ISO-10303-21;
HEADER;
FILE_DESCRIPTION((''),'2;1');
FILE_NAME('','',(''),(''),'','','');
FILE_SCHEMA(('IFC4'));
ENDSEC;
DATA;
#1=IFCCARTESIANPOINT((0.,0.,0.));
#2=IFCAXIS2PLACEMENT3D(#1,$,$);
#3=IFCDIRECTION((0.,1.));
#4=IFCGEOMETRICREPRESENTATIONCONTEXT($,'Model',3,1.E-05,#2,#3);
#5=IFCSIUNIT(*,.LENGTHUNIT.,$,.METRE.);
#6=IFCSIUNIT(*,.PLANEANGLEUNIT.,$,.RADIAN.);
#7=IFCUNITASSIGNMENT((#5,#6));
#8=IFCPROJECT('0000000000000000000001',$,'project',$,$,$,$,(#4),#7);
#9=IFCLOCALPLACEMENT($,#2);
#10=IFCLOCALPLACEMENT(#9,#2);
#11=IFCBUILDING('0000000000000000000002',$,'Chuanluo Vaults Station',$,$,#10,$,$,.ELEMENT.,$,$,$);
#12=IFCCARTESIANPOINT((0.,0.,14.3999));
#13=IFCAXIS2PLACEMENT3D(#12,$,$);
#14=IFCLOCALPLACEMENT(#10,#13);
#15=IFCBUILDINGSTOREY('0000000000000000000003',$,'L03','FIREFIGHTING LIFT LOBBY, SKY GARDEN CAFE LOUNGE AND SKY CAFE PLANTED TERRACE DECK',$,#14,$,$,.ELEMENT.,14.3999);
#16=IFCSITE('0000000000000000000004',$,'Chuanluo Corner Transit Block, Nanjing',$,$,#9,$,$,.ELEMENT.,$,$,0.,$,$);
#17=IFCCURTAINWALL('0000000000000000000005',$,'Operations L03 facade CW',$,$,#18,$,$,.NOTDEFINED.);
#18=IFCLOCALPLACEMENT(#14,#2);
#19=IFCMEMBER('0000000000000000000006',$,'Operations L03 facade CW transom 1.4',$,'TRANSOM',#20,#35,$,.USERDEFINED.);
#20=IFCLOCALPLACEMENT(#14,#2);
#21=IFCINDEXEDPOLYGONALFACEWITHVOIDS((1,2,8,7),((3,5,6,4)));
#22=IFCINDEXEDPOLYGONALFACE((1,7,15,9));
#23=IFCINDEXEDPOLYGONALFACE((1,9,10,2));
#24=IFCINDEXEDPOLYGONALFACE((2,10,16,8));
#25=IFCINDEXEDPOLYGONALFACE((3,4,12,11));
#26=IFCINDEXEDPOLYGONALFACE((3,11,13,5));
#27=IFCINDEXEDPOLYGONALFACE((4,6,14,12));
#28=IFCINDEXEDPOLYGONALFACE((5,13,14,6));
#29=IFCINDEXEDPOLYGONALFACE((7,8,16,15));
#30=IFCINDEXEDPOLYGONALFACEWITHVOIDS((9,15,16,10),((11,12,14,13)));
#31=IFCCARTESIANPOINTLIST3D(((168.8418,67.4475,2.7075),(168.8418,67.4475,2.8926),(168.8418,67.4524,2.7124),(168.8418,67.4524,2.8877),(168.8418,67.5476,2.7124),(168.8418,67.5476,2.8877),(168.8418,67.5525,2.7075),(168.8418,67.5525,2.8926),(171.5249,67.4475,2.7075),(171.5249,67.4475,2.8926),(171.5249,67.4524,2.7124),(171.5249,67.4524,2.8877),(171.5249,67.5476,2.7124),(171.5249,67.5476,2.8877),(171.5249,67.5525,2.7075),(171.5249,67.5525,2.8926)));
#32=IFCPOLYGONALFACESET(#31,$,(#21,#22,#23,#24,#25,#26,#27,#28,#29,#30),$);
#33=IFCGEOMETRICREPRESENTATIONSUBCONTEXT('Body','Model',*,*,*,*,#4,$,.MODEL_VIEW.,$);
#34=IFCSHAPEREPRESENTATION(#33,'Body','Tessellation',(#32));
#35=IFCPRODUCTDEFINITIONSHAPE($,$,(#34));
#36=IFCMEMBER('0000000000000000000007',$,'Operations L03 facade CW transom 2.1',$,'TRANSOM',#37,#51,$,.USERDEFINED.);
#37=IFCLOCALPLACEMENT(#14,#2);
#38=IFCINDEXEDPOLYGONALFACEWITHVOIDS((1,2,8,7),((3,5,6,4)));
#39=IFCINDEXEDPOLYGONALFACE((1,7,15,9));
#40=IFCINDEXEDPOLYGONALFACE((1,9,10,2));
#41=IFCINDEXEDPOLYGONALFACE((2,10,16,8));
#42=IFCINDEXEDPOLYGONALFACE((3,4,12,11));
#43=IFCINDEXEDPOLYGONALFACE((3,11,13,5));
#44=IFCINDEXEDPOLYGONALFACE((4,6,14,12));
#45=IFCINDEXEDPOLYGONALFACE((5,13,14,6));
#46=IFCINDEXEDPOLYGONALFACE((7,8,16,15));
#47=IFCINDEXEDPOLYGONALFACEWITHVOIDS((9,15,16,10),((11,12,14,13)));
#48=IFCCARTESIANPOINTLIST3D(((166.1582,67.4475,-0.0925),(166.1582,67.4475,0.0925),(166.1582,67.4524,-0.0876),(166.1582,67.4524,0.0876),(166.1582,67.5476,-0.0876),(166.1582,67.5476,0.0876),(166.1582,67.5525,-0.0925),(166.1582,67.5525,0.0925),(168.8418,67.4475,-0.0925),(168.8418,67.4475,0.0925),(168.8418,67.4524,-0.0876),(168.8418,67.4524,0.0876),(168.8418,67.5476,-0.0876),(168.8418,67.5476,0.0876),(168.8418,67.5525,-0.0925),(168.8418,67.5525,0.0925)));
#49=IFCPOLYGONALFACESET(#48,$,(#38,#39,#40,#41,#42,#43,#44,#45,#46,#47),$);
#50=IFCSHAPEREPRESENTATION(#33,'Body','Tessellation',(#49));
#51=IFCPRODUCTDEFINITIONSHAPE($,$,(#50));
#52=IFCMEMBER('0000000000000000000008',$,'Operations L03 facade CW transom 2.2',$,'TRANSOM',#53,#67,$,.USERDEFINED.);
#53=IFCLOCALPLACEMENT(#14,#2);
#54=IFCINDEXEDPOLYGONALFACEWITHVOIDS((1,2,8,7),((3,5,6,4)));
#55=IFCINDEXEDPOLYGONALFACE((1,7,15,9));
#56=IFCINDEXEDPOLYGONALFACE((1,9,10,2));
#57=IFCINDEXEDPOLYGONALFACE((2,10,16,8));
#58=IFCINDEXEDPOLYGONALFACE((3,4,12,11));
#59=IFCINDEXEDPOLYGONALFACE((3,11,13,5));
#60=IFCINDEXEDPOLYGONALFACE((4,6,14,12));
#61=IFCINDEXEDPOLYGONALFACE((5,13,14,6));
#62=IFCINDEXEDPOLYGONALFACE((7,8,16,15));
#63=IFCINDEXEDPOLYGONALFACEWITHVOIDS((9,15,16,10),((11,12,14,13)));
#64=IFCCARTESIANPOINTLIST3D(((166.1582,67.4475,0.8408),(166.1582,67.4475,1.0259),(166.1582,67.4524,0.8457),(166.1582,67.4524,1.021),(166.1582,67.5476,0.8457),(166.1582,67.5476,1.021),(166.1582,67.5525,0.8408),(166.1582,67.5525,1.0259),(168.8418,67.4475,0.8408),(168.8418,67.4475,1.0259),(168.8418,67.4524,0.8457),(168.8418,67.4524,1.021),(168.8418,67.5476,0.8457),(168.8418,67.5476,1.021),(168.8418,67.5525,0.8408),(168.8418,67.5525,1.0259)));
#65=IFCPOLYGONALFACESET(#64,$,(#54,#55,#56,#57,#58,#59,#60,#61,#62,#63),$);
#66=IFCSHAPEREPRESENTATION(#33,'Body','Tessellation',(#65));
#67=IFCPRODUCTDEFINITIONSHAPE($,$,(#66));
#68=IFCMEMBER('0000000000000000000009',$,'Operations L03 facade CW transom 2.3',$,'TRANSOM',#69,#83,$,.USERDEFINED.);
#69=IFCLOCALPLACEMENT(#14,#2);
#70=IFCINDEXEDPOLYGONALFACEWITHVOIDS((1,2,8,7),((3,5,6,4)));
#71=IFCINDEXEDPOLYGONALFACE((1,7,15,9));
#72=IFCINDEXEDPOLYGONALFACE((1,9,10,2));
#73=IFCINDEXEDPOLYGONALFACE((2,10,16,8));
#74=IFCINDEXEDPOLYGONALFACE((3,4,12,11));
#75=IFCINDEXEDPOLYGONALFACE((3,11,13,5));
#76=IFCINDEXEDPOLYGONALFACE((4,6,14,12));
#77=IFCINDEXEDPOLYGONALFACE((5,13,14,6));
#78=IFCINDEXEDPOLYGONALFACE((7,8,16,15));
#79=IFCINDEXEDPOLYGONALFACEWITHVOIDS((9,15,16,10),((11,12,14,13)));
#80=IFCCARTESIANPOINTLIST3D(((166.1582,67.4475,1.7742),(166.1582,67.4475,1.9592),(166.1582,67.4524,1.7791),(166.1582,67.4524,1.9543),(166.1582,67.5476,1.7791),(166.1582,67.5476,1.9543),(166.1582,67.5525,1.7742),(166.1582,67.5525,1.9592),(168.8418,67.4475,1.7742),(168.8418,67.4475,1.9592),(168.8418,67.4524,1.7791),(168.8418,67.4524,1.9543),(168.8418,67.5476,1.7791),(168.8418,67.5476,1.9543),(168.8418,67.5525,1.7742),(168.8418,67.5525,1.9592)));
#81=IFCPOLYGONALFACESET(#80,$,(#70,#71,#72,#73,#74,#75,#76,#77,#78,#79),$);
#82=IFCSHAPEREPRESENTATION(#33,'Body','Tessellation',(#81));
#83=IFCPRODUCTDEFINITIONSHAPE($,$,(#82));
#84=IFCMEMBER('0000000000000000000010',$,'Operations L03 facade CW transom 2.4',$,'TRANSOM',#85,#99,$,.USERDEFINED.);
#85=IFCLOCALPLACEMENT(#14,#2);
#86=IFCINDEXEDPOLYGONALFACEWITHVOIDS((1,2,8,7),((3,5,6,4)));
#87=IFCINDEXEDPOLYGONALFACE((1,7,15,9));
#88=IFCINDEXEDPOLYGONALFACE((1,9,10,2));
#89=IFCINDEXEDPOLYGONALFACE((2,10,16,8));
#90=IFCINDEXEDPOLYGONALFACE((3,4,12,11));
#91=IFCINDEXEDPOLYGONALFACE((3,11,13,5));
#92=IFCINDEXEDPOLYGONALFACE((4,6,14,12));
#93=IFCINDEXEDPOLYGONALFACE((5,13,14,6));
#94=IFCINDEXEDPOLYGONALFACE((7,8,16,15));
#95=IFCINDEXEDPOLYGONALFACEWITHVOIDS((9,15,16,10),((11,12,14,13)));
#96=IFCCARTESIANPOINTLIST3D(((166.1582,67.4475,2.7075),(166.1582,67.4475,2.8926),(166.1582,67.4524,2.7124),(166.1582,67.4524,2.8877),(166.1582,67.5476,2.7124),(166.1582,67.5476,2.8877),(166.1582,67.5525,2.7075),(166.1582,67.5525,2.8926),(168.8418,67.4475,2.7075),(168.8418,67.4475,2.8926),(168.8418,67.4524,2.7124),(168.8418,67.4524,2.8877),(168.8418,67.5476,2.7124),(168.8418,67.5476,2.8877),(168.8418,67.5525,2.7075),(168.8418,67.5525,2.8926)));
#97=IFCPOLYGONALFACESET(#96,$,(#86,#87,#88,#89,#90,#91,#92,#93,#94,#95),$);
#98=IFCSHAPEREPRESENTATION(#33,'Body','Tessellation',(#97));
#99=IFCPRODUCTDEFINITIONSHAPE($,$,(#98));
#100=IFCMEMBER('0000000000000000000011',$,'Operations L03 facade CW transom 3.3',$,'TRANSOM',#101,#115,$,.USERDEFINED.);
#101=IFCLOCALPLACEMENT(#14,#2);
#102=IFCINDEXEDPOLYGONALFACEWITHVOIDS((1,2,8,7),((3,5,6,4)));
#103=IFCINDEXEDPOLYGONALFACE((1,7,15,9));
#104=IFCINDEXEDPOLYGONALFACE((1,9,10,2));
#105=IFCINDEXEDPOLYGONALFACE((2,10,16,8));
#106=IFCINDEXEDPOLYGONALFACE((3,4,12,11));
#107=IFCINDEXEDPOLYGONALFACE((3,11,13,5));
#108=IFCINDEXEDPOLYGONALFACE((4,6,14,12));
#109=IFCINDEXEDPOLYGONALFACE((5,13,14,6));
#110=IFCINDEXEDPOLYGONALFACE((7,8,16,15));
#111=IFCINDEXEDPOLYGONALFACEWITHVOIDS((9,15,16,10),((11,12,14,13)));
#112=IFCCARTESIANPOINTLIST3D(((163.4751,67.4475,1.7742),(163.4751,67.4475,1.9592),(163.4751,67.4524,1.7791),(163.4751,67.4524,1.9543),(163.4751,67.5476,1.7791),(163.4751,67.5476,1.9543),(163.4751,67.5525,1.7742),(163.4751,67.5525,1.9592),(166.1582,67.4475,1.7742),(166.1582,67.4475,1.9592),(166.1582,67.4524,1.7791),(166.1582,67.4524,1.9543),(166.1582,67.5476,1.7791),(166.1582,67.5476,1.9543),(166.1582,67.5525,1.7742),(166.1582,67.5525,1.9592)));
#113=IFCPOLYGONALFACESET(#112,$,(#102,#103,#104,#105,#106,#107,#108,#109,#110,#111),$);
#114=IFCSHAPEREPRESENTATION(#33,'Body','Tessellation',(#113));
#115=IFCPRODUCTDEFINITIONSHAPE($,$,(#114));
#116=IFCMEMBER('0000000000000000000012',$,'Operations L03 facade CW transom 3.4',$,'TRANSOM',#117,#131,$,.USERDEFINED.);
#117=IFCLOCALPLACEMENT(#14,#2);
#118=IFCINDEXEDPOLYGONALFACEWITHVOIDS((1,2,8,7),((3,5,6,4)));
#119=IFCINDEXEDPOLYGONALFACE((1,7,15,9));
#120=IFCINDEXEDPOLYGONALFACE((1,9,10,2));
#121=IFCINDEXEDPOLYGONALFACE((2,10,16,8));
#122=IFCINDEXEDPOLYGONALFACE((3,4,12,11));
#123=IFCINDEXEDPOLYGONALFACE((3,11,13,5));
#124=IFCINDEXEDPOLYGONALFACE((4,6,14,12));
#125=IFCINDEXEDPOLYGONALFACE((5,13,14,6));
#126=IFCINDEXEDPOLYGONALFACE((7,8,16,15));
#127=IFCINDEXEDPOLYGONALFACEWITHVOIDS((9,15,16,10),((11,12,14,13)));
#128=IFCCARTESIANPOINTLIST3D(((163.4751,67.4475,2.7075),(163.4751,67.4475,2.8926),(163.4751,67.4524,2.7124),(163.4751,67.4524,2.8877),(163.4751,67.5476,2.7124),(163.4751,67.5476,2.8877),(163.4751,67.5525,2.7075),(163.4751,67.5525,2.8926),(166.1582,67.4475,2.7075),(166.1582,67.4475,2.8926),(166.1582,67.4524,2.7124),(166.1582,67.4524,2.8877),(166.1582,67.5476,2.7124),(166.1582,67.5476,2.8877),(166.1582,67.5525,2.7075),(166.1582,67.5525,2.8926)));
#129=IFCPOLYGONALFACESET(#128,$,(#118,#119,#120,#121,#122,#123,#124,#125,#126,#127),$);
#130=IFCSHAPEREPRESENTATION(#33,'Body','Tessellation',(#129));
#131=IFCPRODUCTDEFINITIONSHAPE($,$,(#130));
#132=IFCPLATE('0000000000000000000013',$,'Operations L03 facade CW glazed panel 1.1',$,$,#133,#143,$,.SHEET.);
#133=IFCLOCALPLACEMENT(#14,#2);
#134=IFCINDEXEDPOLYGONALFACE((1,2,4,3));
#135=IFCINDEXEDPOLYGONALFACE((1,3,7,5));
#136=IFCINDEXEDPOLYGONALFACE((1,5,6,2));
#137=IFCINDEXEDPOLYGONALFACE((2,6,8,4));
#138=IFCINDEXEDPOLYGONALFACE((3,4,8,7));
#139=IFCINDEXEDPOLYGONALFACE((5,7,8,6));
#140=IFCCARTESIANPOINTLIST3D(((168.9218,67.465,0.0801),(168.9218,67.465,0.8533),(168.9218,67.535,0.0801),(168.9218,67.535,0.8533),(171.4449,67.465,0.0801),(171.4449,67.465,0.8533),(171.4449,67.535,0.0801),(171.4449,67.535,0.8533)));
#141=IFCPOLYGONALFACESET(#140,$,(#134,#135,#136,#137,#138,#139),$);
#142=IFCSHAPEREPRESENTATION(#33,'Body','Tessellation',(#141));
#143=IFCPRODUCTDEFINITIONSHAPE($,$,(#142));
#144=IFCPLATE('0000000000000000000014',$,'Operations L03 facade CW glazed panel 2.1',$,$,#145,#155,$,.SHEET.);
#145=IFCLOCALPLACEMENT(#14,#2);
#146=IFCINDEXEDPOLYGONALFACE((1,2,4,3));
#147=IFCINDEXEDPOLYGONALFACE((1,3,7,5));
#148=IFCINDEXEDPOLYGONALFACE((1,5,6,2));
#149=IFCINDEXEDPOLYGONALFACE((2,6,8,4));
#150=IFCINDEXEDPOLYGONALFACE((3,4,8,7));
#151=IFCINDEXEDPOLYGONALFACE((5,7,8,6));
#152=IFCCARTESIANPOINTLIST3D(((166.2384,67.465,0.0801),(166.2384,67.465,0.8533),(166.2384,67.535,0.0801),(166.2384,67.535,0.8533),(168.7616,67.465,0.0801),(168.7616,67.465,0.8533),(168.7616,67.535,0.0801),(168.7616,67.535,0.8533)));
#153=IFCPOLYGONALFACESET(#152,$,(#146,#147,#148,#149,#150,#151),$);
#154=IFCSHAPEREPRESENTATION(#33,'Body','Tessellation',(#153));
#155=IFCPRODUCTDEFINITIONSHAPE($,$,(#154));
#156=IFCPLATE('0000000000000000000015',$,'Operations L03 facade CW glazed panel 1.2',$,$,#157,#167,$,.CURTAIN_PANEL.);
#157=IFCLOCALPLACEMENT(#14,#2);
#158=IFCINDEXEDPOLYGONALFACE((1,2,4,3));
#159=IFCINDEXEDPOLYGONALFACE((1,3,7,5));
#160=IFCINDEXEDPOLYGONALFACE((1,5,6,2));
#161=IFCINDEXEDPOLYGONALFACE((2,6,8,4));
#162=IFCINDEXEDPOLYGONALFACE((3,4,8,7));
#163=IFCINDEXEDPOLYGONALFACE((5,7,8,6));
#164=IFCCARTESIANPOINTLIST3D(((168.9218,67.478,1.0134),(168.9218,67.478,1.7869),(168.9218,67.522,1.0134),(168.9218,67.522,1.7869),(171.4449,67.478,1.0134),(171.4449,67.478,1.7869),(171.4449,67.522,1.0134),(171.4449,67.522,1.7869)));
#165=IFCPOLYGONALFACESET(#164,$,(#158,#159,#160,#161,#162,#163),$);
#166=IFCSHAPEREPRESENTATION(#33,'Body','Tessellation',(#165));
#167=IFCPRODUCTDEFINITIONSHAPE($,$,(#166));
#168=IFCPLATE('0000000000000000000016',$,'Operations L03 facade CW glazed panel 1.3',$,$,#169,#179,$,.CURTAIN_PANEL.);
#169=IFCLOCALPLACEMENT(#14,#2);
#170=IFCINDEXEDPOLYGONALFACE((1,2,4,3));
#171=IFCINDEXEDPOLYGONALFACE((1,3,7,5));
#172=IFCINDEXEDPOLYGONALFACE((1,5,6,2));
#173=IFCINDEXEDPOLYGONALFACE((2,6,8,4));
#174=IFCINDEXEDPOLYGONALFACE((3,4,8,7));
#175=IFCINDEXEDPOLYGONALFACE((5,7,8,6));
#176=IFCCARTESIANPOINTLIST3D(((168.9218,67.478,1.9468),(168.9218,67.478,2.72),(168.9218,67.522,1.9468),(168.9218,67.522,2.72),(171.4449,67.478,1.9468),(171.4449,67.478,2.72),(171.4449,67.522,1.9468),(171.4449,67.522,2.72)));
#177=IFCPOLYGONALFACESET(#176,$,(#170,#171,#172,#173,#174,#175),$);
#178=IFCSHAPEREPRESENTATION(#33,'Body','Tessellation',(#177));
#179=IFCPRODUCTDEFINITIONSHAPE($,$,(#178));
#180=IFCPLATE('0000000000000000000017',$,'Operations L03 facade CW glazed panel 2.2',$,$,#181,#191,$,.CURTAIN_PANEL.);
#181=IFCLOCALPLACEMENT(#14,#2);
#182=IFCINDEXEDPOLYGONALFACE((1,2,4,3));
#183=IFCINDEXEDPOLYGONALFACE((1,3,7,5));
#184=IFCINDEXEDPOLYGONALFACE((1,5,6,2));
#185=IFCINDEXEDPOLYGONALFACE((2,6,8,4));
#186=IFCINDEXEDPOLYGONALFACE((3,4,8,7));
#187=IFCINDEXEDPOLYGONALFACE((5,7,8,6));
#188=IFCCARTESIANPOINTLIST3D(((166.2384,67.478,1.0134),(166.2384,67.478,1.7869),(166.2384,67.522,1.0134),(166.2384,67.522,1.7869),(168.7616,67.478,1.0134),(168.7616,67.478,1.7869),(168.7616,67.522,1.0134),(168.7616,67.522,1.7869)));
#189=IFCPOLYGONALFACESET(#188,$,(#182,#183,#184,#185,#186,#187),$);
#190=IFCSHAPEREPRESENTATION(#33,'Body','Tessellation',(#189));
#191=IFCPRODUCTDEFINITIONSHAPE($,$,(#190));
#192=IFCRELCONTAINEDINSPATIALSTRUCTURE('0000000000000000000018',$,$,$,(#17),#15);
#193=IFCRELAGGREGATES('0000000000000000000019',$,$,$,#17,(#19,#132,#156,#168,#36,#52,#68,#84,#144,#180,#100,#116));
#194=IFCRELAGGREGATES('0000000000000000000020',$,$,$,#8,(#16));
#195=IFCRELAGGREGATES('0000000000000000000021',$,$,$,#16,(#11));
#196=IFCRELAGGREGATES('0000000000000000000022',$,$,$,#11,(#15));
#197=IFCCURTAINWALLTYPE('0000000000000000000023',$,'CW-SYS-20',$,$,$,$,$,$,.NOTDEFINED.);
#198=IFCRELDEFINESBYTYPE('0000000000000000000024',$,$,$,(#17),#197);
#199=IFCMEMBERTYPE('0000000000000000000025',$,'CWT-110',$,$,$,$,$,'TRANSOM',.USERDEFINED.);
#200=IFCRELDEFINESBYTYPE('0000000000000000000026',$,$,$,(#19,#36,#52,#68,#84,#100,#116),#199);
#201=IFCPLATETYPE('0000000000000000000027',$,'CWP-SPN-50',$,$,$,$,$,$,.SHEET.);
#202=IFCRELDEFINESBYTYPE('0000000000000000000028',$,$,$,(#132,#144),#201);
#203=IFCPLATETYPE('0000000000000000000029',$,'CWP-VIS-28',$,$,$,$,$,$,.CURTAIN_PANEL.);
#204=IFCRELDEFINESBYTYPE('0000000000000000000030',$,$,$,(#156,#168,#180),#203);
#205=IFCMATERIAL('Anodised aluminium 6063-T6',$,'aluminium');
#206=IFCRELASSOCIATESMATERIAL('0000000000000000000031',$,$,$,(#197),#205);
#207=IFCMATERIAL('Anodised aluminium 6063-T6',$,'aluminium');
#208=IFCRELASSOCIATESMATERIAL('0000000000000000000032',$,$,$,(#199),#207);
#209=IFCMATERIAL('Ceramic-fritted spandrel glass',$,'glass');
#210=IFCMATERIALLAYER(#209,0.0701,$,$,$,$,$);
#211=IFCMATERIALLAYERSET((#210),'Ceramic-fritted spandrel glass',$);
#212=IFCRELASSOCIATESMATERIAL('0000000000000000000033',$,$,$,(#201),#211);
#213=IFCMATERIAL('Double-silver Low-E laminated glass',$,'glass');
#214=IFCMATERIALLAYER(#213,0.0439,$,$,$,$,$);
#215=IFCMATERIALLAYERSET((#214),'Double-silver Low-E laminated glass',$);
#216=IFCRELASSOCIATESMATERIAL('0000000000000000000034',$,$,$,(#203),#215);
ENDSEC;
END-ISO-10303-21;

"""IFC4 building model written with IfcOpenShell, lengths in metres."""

from ifc_helpers import new_model, si_unit, direction, frame, origin, origin_2d, place, context, subcontext, project, spatial, rectangle, hollow_rectangle, extrude, material, layer, layer_set, material_profile, profile_set, type_object, element, aggregate, save


model = new_model("IFC4")

# Units and contexts
model_context = context("Model", 3, precision=1e-05, world=origin(), true_north=direction((0.0, 1.0)))
body_context = subcontext(model_context, "Body", "Model", "MODEL_VIEW")
ifc_project = project(units=[si_unit("LENGTHUNIT", "METRE"), si_unit("PLANEANGLEUNIT", "RADIAN")], contexts=[model_context])

# Site, building, storey
site_placement = place(None, origin())
site = spatial("IfcSite", under=ifc_project, at=site_placement, Name="Chuanluo Corner Transit Block, Nanjing", CompositionType="ELEMENT", RefElevation=0.0)
building_placement = place(site_placement, origin())
building = spatial("IfcBuilding", under=site, at=building_placement, Name="Chuanluo Vaults Station", CompositionType="ELEMENT")
storey_placement = place(building_placement, frame((0.0, 0.0, 14.3999)))
storey = spatial("IfcBuildingStorey", under=building, at=storey_placement, Name="L03", Description="FIREFIGHTING LIFT LOBBY, SKY GARDEN CAFE LOUNGE AND SKY CAFE PLANTED TERRACE DECK", CompositionType="ELEMENT", Elevation=14.3999)

# Curtain wall, members, plates
ifc_material_1 = material(Name="Anodised aluminium 6063-T6", Category="aluminium")
curtain_wall_type = type_object("IfcCurtainWallType", Name="CW-SYS-20", PredefinedType="NOTDEFINED", material=ifc_material_1)
curtain_wall_placement = place(storey_placement, origin())
curtain_wall = element("IfcCurtainWall", 1, at=curtain_wall_placement, inside=storey, type_object=curtain_wall_type, Name="Operations L03 facade CW", PredefinedType="NOTDEFINED")
ifc_material_2 = material(Name="Anodised aluminium 6063-T6", Category="aluminium")
ifc_material_profile_1 = material_profile(ifc_material_2, hollow_rectangle(XDim=0.105, YDim=0.1851, WallThickness=0.0049, at=origin_2d()))
ifc_profile_set_1 = profile_set([ifc_material_profile_1], Name="Anodised aluminium 6063-T6")
member_type_1 = type_object("IfcMemberType", Name="CWT-110", ElementType="TRANSOM", PredefinedType="USERDEFINED", material=ifc_profile_set_1)
member_1_placement = place(storey_placement, frame((171.5249, 67.5, 2.8), z_axis=(-1.0, 0.0, 0.0), x_axis=(0.0, -1.0, 0.0)))
member_1 = element("IfcMember", 2, at=member_1_placement, type_object=member_type_1, Name="Operations L03 facade CW transom 1.4", ObjectType="TRANSOM", PredefinedType="USERDEFINED", context=body_context, shape_type="SweptSolid", body=[
    extrude(hollow_rectangle(XDim=0.105, YDim=0.1851, WallThickness=0.0049, at=origin_2d()), origin(), (0.0, 0.0, 1.0), 2.6831),
])
member_2_placement = place(storey_placement, frame((168.8418, 67.5, 0.0), z_axis=(-1.0, 0.0, 0.0), x_axis=(0.0, -1.0, 0.0)))
member_2 = element("IfcMember", 3, at=member_2_placement, type_object=member_type_1, Name="Operations L03 facade CW transom 2.1", ObjectType="TRANSOM", PredefinedType="USERDEFINED", context=body_context, shape_type="SweptSolid", body=[
    extrude(hollow_rectangle(XDim=0.105, YDim=0.1851, WallThickness=0.0049, at=origin_2d()), origin(), (0.0, 0.0, 1.0), 2.6836),
])
member_3_placement = place(storey_placement, frame((168.8418, 67.5, 0.9333), z_axis=(-1.0, 0.0, 0.0), x_axis=(0.0, -1.0, 0.0)))
member_3 = element("IfcMember", 4, at=member_3_placement, type_object=member_type_1, Name="Operations L03 facade CW transom 2.2", ObjectType="TRANSOM", PredefinedType="USERDEFINED", context=body_context, shape_type="SweptSolid", body=[
    extrude(hollow_rectangle(XDim=0.105, YDim=0.1851, WallThickness=0.0049, at=origin_2d()), origin(), (0.0, 0.0, 1.0), 2.6836),
])
member_4_placement = place(storey_placement, frame((168.8418, 67.5, 1.8667), z_axis=(-1.0, 0.0, 0.0), x_axis=(0.0, -1.0, 0.0)))
member_4 = element("IfcMember", 5, at=member_4_placement, type_object=member_type_1, Name="Operations L03 facade CW transom 2.3", ObjectType="TRANSOM", PredefinedType="USERDEFINED", context=body_context, shape_type="SweptSolid", body=[
    extrude(hollow_rectangle(XDim=0.105, YDim=0.1851, WallThickness=0.0049, at=origin_2d()), origin(), (0.0, 0.0, 1.0), 2.6836),
])
member_5_placement = place(storey_placement, frame((168.8418, 67.5, 2.8), z_axis=(-1.0, 0.0, 0.0), x_axis=(0.0, -1.0, 0.0)))
member_5 = element("IfcMember", 6, at=member_5_placement, type_object=member_type_1, Name="Operations L03 facade CW transom 2.4", ObjectType="TRANSOM", PredefinedType="USERDEFINED", context=body_context, shape_type="SweptSolid", body=[
    extrude(hollow_rectangle(XDim=0.105, YDim=0.1851, WallThickness=0.0049, at=origin_2d()), origin(), (0.0, 0.0, 1.0), 2.6836),
])
member_6_placement = place(storey_placement, frame((166.1582, 67.5, 1.8667), z_axis=(-1.0, 0.0, 0.0), x_axis=(0.0, -1.0, 0.0)))
member_6 = element("IfcMember", 7, at=member_6_placement, type_object=member_type_1, Name="Operations L03 facade CW transom 3.3", ObjectType="TRANSOM", PredefinedType="USERDEFINED", context=body_context, shape_type="SweptSolid", body=[
    extrude(hollow_rectangle(XDim=0.105, YDim=0.1851, WallThickness=0.0049, at=origin_2d()), origin(), (0.0, 0.0, 1.0), 2.6831),
])
member_7_placement = place(storey_placement, frame((166.1582, 67.5, 2.8), z_axis=(-1.0, 0.0, 0.0), x_axis=(0.0, -1.0, 0.0)))
member_7 = element("IfcMember", 8, at=member_7_placement, type_object=member_type_1, Name="Operations L03 facade CW transom 3.4", ObjectType="TRANSOM", PredefinedType="USERDEFINED", context=body_context, shape_type="SweptSolid", body=[
    extrude(hollow_rectangle(XDim=0.105, YDim=0.1851, WallThickness=0.0049, at=origin_2d()), origin(), (0.0, 0.0, 1.0), 2.6831),
])
ifc_material_3 = material(Name="Ceramic-fritted spandrel glass", Category="glass")
ifc_layer_1 = layer(ifc_material_3, 0.0701)
ifc_layer_set_1 = layer_set([ifc_layer_1], Name="Ceramic-fritted spandrel glass")
plate_type_1 = type_object("IfcPlateType", Name="CWP-SPN-50", PredefinedType="SHEET", material=ifc_layer_set_1)
plate_1_placement = place(storey_placement, frame((170.1833, 67.5, 0.0801), z_axis=(0.0, 0.0, 1.0), x_axis=(-1.0, 0.0, 0.0)))
plate_1 = element("IfcPlate", 9, at=plate_1_placement, type_object=plate_type_1, Name="Operations L03 facade CW glazed panel 1.1", PredefinedType="SHEET", context=body_context, shape_type="SweptSolid", body=[
    extrude(rectangle(XDim=2.5232, YDim=0.0701, at=origin_2d()), origin(), (0.0, 0.0, 1.0), 0.7732),
])
plate_2_placement = place(storey_placement, frame((167.5, 67.5, 0.0801), z_axis=(0.0, 0.0, 1.0), x_axis=(-1.0, 0.0, 0.0)))
plate_2 = element("IfcPlate", 10, at=plate_2_placement, type_object=plate_type_1, Name="Operations L03 facade CW glazed panel 2.1", PredefinedType="SHEET", context=body_context, shape_type="SweptSolid", body=[
    extrude(rectangle(XDim=2.5232, YDim=0.0701, at=origin_2d()), origin(), (0.0, 0.0, 1.0), 0.7732),
])
ifc_material_4 = material(Name="Double-silver Low-E laminated glass", Category="glass")
ifc_layer_2 = layer(ifc_material_4, 0.0439)
ifc_layer_set_2 = layer_set([ifc_layer_2], Name="Double-silver Low-E laminated glass")
plate_type_2 = type_object("IfcPlateType", Name="CWP-VIS-28", PredefinedType="CURTAIN_PANEL", material=ifc_layer_set_2)
plate_3_placement = place(storey_placement, frame((170.1833, 67.5, 1.0134), z_axis=(0.0, 0.0, 1.0), x_axis=(-1.0, 0.0, 0.0)))
plate_3 = element("IfcPlate", 11, at=plate_3_placement, type_object=plate_type_2, Name="Operations L03 facade CW glazed panel 1.2", PredefinedType="CURTAIN_PANEL", context=body_context, shape_type="SweptSolid", body=[
    extrude(rectangle(XDim=2.5232, YDim=0.0439, at=origin_2d()), origin(), (0.0, 0.0, 1.0), 0.7734),
])
plate_4_placement = place(storey_placement, frame((170.1833, 67.5, 1.9468), z_axis=(0.0, 0.0, 1.0), x_axis=(-1.0, 0.0, 0.0)))
plate_4 = element("IfcPlate", 12, at=plate_4_placement, type_object=plate_type_2, Name="Operations L03 facade CW glazed panel 1.3", PredefinedType="CURTAIN_PANEL", context=body_context, shape_type="SweptSolid", body=[
    extrude(rectangle(XDim=2.5232, YDim=0.0439, at=origin_2d()), origin(), (0.0, 0.0, 1.0), 0.7732),
])
plate_5_placement = place(storey_placement, frame((167.5, 67.5, 1.0134), z_axis=(0.0, 0.0, 1.0), x_axis=(-1.0, 0.0, 0.0)))
plate_5 = element("IfcPlate", 13, at=plate_5_placement, type_object=plate_type_2, Name="Operations L03 facade CW glazed panel 2.2", PredefinedType="CURTAIN_PANEL", context=body_context, shape_type="SweptSolid", body=[
    extrude(rectangle(XDim=2.5232, YDim=0.0439, at=origin_2d()), origin(), (0.0, 0.0, 1.0), 0.7734),
])
aggregate(curtain_wall, [member_1, plate_1, plate_3, plate_4, member_2, member_3, member_4, member_5, plate_2, plate_5, member_6, member_7])

save(model, "model.ifc")
